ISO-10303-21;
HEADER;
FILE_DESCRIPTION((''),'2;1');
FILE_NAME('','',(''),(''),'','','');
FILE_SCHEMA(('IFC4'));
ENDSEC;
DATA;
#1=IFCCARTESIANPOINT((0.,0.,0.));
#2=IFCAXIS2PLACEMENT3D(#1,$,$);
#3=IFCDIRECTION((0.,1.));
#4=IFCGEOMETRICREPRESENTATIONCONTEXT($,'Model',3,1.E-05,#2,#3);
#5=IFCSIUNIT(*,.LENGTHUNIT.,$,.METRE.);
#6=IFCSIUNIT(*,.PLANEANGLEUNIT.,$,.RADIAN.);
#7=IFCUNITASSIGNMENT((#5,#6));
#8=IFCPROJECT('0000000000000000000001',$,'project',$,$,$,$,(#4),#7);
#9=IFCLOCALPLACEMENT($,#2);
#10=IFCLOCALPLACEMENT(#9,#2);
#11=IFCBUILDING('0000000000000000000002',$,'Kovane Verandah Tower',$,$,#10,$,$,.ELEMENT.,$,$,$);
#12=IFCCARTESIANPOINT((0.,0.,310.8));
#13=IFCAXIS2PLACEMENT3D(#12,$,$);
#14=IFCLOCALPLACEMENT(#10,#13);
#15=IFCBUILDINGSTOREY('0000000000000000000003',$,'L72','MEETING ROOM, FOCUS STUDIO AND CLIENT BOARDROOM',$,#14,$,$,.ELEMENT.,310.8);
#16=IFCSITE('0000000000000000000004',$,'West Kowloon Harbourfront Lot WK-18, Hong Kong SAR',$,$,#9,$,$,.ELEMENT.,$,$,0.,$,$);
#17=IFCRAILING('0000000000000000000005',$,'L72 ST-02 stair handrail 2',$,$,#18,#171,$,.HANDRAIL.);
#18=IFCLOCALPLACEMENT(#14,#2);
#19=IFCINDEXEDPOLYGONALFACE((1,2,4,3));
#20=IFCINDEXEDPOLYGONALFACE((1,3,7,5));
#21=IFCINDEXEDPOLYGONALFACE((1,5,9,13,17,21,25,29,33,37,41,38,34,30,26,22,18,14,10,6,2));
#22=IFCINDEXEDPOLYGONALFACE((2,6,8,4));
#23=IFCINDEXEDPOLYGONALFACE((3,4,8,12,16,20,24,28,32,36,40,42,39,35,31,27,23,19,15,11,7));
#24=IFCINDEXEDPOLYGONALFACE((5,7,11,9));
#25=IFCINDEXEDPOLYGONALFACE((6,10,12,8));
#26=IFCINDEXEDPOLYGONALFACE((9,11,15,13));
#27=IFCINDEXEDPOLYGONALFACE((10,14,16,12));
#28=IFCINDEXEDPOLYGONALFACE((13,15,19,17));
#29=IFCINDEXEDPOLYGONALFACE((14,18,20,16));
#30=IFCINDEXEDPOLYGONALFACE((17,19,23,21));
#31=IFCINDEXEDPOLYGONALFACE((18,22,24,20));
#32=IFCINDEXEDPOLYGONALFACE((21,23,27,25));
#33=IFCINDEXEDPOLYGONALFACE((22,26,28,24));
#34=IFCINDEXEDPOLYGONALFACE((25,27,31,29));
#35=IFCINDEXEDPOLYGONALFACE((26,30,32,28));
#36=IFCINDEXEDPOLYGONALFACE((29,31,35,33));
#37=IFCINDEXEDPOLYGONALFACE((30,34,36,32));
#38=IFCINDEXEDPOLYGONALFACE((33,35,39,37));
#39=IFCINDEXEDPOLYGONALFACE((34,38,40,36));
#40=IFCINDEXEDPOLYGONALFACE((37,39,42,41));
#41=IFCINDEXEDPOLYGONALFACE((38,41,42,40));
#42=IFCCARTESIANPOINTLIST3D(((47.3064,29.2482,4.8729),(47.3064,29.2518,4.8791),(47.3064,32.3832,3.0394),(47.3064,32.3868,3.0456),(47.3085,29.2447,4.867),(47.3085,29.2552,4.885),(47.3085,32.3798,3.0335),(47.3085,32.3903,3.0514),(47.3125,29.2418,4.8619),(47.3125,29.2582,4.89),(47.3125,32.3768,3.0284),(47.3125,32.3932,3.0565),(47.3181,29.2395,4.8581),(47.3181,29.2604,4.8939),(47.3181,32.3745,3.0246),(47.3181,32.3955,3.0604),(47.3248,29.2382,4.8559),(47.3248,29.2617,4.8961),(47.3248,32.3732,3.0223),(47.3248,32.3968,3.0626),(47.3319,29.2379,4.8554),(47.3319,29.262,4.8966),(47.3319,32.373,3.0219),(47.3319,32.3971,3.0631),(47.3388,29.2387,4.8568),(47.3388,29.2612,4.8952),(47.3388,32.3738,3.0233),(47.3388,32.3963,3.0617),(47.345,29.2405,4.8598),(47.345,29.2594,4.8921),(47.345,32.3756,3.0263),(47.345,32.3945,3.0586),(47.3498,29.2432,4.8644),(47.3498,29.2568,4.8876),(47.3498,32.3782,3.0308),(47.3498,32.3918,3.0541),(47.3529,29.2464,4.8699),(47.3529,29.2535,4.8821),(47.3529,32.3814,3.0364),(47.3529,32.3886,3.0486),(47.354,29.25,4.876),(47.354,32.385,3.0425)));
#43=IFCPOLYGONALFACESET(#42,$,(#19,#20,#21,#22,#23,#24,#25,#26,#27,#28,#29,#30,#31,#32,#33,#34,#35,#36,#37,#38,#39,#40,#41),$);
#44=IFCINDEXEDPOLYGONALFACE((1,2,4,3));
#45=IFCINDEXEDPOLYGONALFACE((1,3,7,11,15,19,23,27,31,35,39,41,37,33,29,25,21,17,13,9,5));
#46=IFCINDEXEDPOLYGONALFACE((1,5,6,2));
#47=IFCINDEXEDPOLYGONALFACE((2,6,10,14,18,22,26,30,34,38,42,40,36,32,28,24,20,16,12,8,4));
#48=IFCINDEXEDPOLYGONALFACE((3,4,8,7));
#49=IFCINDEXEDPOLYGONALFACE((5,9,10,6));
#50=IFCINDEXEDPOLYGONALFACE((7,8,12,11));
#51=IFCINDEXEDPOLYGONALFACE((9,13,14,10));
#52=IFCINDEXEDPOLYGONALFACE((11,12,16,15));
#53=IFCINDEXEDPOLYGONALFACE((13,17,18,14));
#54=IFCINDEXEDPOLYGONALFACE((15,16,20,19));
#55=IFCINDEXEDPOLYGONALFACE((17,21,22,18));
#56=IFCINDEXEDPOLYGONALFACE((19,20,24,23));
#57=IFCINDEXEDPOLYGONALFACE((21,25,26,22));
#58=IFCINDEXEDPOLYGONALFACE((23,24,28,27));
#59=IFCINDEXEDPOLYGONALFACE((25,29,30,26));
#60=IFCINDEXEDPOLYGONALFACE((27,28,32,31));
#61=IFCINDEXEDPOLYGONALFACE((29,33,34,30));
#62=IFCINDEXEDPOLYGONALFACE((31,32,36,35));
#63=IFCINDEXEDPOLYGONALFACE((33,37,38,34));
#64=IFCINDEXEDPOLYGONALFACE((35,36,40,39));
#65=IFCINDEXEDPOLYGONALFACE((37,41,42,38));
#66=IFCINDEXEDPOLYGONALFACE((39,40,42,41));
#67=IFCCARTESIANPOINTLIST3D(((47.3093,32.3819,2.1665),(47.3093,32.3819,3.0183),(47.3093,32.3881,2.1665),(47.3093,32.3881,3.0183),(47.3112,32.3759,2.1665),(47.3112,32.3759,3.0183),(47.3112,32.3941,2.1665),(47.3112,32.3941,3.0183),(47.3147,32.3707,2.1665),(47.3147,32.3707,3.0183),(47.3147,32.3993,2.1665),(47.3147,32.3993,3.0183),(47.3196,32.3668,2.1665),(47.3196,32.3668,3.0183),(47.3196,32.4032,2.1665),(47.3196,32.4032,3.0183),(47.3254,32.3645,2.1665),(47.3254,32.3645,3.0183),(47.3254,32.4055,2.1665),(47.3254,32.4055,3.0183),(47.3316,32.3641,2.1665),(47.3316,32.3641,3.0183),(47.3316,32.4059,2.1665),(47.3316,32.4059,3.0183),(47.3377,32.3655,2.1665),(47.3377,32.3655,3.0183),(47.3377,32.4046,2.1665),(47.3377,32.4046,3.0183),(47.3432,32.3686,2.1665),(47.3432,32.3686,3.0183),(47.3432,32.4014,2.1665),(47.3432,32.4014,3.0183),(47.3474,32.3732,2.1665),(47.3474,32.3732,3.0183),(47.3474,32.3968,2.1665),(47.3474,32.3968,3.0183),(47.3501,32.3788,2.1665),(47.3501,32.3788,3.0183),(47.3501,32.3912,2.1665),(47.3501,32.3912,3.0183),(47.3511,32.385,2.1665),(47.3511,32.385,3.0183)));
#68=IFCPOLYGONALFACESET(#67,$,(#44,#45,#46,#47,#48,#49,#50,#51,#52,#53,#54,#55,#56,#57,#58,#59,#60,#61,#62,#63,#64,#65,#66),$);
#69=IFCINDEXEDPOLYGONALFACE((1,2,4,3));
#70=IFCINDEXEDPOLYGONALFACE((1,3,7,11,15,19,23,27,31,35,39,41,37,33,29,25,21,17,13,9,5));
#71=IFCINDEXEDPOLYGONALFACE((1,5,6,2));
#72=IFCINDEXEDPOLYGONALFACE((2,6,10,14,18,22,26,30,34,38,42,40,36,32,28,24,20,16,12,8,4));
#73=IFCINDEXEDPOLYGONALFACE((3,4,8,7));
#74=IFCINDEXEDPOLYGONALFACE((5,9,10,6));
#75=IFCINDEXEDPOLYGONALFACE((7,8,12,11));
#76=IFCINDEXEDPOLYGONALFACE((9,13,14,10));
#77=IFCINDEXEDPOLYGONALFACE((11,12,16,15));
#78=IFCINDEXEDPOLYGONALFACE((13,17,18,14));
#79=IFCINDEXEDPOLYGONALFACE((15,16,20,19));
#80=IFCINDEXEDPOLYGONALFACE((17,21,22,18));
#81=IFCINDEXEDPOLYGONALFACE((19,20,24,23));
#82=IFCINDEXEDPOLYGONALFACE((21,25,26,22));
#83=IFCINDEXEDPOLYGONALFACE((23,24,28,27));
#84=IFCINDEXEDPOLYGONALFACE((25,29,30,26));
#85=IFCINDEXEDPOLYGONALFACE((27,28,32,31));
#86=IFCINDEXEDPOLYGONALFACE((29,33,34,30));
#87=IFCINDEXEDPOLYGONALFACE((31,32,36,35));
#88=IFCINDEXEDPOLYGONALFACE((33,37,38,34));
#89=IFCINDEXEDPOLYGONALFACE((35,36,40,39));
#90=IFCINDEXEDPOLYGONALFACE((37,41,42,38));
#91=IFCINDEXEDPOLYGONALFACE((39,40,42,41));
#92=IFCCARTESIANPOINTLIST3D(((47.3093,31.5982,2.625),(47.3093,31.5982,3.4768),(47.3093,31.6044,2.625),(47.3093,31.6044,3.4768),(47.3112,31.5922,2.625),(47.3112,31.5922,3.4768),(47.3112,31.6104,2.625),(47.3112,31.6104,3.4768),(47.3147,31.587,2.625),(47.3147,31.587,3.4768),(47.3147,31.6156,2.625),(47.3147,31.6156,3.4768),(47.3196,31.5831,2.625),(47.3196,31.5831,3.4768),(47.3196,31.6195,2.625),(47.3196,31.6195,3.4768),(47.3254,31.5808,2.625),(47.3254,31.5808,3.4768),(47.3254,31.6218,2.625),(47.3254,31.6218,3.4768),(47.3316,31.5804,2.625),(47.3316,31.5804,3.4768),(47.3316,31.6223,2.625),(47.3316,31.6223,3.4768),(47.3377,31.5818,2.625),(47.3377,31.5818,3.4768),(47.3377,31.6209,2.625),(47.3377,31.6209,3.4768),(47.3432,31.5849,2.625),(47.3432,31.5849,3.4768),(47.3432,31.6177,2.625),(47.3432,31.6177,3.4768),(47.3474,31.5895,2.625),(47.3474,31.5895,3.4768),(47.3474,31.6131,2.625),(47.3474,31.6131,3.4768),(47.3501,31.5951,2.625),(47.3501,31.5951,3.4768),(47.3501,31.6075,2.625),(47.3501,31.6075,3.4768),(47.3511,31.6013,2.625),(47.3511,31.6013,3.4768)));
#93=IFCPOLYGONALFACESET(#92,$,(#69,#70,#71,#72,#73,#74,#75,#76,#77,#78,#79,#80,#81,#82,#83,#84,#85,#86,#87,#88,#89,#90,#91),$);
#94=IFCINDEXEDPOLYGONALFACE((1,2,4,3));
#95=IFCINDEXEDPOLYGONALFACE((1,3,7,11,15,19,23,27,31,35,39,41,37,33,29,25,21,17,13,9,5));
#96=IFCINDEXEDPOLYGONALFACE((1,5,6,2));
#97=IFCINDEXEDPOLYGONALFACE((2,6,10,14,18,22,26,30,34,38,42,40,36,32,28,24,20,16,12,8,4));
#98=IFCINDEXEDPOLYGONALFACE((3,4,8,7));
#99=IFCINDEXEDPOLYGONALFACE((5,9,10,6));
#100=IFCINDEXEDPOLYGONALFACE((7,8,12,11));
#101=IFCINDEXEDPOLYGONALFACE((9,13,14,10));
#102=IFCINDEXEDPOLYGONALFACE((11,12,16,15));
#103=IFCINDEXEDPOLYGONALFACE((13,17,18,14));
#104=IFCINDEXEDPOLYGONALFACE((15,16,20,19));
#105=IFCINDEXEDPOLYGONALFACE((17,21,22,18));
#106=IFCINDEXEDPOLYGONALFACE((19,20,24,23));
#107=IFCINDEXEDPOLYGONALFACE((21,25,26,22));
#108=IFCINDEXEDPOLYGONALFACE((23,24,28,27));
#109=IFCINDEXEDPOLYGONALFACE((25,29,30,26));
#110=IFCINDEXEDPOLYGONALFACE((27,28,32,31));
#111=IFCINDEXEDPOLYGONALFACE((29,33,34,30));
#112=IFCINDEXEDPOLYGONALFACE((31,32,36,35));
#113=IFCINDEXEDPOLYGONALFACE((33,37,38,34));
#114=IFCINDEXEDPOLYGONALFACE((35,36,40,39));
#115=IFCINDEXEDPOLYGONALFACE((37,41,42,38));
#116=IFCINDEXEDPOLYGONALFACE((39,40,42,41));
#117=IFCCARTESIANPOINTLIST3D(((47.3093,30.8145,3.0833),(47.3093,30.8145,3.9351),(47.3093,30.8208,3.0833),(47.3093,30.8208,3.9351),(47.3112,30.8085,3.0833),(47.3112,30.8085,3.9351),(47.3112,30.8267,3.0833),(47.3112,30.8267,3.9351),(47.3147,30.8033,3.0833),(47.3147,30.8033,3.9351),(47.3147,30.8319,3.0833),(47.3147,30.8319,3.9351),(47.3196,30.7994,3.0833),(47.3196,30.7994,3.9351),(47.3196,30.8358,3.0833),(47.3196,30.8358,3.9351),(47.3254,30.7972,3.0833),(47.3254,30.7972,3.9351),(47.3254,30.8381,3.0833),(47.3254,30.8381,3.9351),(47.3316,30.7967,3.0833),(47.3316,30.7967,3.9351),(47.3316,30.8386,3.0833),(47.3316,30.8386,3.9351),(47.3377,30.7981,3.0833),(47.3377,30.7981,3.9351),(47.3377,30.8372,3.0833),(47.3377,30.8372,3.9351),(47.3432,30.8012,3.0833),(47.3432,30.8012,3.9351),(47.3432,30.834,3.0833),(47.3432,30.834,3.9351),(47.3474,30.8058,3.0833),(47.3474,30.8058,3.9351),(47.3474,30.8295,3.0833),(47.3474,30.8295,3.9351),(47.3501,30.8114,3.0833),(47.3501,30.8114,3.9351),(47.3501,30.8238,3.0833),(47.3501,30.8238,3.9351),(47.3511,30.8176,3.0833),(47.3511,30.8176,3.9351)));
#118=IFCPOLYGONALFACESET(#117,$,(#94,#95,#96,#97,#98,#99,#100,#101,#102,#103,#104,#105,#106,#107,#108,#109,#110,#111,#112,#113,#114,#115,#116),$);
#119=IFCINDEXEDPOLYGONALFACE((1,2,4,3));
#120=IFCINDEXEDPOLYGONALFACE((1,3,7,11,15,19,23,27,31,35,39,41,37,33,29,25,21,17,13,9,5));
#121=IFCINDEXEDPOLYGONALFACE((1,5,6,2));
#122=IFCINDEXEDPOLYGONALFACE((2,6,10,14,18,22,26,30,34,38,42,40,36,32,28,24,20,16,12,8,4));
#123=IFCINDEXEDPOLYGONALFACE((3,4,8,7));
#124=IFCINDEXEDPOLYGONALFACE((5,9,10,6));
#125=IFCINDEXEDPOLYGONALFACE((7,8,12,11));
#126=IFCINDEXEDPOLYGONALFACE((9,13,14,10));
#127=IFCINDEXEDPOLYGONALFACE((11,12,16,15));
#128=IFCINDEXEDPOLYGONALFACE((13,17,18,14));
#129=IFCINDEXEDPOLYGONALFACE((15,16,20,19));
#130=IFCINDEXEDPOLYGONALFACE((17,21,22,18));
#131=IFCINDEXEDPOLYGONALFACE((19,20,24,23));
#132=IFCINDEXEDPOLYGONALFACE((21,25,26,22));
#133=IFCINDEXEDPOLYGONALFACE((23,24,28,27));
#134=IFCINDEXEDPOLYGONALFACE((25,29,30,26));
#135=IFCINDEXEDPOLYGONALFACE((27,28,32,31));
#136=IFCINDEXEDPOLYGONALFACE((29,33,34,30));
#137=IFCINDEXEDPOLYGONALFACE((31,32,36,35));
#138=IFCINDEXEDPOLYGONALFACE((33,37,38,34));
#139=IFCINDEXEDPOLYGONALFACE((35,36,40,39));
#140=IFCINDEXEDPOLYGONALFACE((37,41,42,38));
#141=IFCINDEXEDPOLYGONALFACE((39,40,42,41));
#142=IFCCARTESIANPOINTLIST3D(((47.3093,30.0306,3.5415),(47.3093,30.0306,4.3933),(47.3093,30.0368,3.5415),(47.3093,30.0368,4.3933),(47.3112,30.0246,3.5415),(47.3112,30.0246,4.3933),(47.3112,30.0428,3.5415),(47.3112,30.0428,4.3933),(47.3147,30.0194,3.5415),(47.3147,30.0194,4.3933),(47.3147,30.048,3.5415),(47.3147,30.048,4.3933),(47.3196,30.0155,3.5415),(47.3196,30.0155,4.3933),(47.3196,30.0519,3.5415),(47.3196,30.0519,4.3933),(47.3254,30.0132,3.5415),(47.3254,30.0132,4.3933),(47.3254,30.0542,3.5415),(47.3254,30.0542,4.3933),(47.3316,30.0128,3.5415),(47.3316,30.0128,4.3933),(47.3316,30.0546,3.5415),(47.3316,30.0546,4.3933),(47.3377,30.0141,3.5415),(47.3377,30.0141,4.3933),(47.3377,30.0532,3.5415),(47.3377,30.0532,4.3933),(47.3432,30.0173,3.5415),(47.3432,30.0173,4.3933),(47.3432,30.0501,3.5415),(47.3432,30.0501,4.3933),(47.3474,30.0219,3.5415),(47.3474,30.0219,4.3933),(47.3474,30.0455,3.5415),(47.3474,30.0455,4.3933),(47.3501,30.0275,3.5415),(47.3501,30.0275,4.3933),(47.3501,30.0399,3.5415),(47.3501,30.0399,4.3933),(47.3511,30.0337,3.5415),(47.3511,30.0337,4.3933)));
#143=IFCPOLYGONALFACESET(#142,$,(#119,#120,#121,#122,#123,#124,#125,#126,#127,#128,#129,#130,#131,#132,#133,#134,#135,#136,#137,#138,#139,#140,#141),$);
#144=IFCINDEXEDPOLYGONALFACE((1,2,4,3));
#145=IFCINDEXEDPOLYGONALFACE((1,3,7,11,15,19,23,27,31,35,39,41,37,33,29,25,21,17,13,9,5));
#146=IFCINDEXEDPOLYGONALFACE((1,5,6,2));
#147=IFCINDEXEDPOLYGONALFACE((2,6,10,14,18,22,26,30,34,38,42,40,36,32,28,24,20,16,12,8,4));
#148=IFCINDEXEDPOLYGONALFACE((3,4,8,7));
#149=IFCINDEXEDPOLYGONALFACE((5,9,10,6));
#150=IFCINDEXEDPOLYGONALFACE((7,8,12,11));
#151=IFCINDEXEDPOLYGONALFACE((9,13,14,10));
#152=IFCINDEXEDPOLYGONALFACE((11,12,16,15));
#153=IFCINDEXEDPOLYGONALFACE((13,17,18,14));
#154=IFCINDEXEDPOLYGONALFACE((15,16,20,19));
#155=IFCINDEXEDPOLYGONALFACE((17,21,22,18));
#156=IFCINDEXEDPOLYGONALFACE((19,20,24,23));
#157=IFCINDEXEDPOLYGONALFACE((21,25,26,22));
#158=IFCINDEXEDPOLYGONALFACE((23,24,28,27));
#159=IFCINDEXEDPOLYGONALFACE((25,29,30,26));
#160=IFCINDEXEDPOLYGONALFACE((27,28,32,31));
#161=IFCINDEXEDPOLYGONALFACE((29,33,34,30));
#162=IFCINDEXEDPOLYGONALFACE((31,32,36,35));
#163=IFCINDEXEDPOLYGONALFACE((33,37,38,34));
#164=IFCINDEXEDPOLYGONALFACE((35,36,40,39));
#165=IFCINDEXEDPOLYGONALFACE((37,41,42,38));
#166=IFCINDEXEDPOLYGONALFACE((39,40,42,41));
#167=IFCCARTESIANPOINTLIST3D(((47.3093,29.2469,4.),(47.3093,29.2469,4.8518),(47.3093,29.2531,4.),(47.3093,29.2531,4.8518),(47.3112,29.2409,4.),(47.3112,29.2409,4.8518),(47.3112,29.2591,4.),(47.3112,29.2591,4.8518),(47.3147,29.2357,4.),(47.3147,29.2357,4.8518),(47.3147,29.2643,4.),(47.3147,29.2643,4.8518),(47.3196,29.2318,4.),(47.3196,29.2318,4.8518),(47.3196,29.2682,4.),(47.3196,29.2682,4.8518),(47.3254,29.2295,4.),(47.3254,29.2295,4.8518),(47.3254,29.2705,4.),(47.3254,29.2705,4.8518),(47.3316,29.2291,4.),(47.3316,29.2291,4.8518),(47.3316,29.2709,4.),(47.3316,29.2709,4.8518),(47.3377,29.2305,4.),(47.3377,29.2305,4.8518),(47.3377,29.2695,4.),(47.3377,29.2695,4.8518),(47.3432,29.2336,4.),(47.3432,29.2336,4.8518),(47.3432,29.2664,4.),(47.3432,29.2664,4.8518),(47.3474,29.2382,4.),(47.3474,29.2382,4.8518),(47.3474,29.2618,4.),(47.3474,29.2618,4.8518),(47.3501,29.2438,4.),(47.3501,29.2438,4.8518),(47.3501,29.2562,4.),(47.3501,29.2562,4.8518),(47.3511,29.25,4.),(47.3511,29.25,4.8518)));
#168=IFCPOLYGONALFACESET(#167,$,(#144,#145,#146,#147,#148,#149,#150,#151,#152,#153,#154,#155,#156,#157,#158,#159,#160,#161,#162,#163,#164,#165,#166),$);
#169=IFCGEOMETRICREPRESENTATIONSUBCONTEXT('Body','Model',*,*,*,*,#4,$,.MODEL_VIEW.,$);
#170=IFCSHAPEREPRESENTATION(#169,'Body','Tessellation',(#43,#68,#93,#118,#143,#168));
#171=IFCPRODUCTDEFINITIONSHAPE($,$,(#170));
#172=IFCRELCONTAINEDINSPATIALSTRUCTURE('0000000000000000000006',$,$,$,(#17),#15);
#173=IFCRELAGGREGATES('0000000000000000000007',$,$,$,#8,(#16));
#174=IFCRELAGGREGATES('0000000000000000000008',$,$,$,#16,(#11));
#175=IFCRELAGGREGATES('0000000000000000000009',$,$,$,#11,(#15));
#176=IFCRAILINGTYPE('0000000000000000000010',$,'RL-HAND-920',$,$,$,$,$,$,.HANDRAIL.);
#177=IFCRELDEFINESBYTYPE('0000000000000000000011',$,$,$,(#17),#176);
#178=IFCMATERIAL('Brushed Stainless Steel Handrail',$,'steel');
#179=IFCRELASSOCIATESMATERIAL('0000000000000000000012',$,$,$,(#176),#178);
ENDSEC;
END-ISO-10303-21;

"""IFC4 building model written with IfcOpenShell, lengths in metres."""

from ifc_helpers import new_model, si_unit, direction, frame, origin, origin_2d, place, context, subcontext, project, spatial, circle, extrude, material, type_object, element, save


model = new_model("IFC4")

# Units and contexts
model_context = context("Model", 3, precision=1e-05, world=origin(), true_north=direction((0.0, 1.0)))
body_context = subcontext(model_context, "Body", "Model", "MODEL_VIEW")
ifc_project = project(units=[si_unit("LENGTHUNIT", "METRE"), si_unit("PLANEANGLEUNIT", "RADIAN")], contexts=[model_context])

# Site, building, storey
site_placement = place(None, origin())
site = spatial("IfcSite", under=ifc_project, at=site_placement, Name="West Kowloon Harbourfront Lot WK-18, Hong Kong SAR", CompositionType="ELEMENT", RefElevation=0.0)
building_placement = place(site_placement, origin())
building = spatial("IfcBuilding", under=site, at=building_placement, Name="Kovane Verandah Tower", CompositionType="ELEMENT")
storey_placement = place(building_placement, frame((0.0, 0.0, 310.8)))
storey = spatial("IfcBuildingStorey", under=building, at=storey_placement, Name="L72", Description="MEETING ROOM, FOCUS STUDIO AND CLIENT BOARDROOM", CompositionType="ELEMENT", Elevation=310.8)

# Railing
ifc_material_1 = material(Name="Brushed Stainless Steel Handrail", Category="steel")
railing_type_1 = type_object("IfcRailingType", Name="RL-HAND-920", PredefinedType="HANDRAIL", material=ifc_material_1)
railing_1_placement = place(storey_placement, frame((47.3301, 32.385, 2.1665)))
element("IfcRailing", 1, at=railing_1_placement, inside=storey, type_object=railing_type_1, Name="L72 ST-02 stair handrail 2", PredefinedType="HANDRAIL", context=body_context, shape_type="SweptSolid", body=[
    extrude(circle(Radius=0.0239, at=origin_2d()), frame((0.0, 0.0, 0.876), z_axis=(0.0, -0.86321, 0.504845), x_axis=(1.0, 0.0, 0.0)), (0.0, 0.0, 1.0), 3.6318),
    extrude(circle(Radius=0.021, at=origin_2d()), origin(), (0.0, 0.0, 1.0), 0.8518),
    extrude(circle(Radius=0.021, at=origin_2d()), frame((0.0, -0.7837, 0.4585)), (0.0, 0.0, 1.0), 0.8518),
    extrude(circle(Radius=0.021, at=origin_2d()), frame((0.0, -1.5674, 0.9167)), (0.0, 0.0, 1.0), 0.8518),
    extrude(circle(Radius=0.021, at=origin_2d()), frame((0.0, -2.3513, 1.375)), (0.0, 0.0, 1.0), 0.8518),
    extrude(circle(Radius=0.021, at=origin_2d()), frame((0.0, -3.135, 1.8335)), (0.0, 0.0, 1.0), 0.8518),
])

save(model, "model.ifc")
